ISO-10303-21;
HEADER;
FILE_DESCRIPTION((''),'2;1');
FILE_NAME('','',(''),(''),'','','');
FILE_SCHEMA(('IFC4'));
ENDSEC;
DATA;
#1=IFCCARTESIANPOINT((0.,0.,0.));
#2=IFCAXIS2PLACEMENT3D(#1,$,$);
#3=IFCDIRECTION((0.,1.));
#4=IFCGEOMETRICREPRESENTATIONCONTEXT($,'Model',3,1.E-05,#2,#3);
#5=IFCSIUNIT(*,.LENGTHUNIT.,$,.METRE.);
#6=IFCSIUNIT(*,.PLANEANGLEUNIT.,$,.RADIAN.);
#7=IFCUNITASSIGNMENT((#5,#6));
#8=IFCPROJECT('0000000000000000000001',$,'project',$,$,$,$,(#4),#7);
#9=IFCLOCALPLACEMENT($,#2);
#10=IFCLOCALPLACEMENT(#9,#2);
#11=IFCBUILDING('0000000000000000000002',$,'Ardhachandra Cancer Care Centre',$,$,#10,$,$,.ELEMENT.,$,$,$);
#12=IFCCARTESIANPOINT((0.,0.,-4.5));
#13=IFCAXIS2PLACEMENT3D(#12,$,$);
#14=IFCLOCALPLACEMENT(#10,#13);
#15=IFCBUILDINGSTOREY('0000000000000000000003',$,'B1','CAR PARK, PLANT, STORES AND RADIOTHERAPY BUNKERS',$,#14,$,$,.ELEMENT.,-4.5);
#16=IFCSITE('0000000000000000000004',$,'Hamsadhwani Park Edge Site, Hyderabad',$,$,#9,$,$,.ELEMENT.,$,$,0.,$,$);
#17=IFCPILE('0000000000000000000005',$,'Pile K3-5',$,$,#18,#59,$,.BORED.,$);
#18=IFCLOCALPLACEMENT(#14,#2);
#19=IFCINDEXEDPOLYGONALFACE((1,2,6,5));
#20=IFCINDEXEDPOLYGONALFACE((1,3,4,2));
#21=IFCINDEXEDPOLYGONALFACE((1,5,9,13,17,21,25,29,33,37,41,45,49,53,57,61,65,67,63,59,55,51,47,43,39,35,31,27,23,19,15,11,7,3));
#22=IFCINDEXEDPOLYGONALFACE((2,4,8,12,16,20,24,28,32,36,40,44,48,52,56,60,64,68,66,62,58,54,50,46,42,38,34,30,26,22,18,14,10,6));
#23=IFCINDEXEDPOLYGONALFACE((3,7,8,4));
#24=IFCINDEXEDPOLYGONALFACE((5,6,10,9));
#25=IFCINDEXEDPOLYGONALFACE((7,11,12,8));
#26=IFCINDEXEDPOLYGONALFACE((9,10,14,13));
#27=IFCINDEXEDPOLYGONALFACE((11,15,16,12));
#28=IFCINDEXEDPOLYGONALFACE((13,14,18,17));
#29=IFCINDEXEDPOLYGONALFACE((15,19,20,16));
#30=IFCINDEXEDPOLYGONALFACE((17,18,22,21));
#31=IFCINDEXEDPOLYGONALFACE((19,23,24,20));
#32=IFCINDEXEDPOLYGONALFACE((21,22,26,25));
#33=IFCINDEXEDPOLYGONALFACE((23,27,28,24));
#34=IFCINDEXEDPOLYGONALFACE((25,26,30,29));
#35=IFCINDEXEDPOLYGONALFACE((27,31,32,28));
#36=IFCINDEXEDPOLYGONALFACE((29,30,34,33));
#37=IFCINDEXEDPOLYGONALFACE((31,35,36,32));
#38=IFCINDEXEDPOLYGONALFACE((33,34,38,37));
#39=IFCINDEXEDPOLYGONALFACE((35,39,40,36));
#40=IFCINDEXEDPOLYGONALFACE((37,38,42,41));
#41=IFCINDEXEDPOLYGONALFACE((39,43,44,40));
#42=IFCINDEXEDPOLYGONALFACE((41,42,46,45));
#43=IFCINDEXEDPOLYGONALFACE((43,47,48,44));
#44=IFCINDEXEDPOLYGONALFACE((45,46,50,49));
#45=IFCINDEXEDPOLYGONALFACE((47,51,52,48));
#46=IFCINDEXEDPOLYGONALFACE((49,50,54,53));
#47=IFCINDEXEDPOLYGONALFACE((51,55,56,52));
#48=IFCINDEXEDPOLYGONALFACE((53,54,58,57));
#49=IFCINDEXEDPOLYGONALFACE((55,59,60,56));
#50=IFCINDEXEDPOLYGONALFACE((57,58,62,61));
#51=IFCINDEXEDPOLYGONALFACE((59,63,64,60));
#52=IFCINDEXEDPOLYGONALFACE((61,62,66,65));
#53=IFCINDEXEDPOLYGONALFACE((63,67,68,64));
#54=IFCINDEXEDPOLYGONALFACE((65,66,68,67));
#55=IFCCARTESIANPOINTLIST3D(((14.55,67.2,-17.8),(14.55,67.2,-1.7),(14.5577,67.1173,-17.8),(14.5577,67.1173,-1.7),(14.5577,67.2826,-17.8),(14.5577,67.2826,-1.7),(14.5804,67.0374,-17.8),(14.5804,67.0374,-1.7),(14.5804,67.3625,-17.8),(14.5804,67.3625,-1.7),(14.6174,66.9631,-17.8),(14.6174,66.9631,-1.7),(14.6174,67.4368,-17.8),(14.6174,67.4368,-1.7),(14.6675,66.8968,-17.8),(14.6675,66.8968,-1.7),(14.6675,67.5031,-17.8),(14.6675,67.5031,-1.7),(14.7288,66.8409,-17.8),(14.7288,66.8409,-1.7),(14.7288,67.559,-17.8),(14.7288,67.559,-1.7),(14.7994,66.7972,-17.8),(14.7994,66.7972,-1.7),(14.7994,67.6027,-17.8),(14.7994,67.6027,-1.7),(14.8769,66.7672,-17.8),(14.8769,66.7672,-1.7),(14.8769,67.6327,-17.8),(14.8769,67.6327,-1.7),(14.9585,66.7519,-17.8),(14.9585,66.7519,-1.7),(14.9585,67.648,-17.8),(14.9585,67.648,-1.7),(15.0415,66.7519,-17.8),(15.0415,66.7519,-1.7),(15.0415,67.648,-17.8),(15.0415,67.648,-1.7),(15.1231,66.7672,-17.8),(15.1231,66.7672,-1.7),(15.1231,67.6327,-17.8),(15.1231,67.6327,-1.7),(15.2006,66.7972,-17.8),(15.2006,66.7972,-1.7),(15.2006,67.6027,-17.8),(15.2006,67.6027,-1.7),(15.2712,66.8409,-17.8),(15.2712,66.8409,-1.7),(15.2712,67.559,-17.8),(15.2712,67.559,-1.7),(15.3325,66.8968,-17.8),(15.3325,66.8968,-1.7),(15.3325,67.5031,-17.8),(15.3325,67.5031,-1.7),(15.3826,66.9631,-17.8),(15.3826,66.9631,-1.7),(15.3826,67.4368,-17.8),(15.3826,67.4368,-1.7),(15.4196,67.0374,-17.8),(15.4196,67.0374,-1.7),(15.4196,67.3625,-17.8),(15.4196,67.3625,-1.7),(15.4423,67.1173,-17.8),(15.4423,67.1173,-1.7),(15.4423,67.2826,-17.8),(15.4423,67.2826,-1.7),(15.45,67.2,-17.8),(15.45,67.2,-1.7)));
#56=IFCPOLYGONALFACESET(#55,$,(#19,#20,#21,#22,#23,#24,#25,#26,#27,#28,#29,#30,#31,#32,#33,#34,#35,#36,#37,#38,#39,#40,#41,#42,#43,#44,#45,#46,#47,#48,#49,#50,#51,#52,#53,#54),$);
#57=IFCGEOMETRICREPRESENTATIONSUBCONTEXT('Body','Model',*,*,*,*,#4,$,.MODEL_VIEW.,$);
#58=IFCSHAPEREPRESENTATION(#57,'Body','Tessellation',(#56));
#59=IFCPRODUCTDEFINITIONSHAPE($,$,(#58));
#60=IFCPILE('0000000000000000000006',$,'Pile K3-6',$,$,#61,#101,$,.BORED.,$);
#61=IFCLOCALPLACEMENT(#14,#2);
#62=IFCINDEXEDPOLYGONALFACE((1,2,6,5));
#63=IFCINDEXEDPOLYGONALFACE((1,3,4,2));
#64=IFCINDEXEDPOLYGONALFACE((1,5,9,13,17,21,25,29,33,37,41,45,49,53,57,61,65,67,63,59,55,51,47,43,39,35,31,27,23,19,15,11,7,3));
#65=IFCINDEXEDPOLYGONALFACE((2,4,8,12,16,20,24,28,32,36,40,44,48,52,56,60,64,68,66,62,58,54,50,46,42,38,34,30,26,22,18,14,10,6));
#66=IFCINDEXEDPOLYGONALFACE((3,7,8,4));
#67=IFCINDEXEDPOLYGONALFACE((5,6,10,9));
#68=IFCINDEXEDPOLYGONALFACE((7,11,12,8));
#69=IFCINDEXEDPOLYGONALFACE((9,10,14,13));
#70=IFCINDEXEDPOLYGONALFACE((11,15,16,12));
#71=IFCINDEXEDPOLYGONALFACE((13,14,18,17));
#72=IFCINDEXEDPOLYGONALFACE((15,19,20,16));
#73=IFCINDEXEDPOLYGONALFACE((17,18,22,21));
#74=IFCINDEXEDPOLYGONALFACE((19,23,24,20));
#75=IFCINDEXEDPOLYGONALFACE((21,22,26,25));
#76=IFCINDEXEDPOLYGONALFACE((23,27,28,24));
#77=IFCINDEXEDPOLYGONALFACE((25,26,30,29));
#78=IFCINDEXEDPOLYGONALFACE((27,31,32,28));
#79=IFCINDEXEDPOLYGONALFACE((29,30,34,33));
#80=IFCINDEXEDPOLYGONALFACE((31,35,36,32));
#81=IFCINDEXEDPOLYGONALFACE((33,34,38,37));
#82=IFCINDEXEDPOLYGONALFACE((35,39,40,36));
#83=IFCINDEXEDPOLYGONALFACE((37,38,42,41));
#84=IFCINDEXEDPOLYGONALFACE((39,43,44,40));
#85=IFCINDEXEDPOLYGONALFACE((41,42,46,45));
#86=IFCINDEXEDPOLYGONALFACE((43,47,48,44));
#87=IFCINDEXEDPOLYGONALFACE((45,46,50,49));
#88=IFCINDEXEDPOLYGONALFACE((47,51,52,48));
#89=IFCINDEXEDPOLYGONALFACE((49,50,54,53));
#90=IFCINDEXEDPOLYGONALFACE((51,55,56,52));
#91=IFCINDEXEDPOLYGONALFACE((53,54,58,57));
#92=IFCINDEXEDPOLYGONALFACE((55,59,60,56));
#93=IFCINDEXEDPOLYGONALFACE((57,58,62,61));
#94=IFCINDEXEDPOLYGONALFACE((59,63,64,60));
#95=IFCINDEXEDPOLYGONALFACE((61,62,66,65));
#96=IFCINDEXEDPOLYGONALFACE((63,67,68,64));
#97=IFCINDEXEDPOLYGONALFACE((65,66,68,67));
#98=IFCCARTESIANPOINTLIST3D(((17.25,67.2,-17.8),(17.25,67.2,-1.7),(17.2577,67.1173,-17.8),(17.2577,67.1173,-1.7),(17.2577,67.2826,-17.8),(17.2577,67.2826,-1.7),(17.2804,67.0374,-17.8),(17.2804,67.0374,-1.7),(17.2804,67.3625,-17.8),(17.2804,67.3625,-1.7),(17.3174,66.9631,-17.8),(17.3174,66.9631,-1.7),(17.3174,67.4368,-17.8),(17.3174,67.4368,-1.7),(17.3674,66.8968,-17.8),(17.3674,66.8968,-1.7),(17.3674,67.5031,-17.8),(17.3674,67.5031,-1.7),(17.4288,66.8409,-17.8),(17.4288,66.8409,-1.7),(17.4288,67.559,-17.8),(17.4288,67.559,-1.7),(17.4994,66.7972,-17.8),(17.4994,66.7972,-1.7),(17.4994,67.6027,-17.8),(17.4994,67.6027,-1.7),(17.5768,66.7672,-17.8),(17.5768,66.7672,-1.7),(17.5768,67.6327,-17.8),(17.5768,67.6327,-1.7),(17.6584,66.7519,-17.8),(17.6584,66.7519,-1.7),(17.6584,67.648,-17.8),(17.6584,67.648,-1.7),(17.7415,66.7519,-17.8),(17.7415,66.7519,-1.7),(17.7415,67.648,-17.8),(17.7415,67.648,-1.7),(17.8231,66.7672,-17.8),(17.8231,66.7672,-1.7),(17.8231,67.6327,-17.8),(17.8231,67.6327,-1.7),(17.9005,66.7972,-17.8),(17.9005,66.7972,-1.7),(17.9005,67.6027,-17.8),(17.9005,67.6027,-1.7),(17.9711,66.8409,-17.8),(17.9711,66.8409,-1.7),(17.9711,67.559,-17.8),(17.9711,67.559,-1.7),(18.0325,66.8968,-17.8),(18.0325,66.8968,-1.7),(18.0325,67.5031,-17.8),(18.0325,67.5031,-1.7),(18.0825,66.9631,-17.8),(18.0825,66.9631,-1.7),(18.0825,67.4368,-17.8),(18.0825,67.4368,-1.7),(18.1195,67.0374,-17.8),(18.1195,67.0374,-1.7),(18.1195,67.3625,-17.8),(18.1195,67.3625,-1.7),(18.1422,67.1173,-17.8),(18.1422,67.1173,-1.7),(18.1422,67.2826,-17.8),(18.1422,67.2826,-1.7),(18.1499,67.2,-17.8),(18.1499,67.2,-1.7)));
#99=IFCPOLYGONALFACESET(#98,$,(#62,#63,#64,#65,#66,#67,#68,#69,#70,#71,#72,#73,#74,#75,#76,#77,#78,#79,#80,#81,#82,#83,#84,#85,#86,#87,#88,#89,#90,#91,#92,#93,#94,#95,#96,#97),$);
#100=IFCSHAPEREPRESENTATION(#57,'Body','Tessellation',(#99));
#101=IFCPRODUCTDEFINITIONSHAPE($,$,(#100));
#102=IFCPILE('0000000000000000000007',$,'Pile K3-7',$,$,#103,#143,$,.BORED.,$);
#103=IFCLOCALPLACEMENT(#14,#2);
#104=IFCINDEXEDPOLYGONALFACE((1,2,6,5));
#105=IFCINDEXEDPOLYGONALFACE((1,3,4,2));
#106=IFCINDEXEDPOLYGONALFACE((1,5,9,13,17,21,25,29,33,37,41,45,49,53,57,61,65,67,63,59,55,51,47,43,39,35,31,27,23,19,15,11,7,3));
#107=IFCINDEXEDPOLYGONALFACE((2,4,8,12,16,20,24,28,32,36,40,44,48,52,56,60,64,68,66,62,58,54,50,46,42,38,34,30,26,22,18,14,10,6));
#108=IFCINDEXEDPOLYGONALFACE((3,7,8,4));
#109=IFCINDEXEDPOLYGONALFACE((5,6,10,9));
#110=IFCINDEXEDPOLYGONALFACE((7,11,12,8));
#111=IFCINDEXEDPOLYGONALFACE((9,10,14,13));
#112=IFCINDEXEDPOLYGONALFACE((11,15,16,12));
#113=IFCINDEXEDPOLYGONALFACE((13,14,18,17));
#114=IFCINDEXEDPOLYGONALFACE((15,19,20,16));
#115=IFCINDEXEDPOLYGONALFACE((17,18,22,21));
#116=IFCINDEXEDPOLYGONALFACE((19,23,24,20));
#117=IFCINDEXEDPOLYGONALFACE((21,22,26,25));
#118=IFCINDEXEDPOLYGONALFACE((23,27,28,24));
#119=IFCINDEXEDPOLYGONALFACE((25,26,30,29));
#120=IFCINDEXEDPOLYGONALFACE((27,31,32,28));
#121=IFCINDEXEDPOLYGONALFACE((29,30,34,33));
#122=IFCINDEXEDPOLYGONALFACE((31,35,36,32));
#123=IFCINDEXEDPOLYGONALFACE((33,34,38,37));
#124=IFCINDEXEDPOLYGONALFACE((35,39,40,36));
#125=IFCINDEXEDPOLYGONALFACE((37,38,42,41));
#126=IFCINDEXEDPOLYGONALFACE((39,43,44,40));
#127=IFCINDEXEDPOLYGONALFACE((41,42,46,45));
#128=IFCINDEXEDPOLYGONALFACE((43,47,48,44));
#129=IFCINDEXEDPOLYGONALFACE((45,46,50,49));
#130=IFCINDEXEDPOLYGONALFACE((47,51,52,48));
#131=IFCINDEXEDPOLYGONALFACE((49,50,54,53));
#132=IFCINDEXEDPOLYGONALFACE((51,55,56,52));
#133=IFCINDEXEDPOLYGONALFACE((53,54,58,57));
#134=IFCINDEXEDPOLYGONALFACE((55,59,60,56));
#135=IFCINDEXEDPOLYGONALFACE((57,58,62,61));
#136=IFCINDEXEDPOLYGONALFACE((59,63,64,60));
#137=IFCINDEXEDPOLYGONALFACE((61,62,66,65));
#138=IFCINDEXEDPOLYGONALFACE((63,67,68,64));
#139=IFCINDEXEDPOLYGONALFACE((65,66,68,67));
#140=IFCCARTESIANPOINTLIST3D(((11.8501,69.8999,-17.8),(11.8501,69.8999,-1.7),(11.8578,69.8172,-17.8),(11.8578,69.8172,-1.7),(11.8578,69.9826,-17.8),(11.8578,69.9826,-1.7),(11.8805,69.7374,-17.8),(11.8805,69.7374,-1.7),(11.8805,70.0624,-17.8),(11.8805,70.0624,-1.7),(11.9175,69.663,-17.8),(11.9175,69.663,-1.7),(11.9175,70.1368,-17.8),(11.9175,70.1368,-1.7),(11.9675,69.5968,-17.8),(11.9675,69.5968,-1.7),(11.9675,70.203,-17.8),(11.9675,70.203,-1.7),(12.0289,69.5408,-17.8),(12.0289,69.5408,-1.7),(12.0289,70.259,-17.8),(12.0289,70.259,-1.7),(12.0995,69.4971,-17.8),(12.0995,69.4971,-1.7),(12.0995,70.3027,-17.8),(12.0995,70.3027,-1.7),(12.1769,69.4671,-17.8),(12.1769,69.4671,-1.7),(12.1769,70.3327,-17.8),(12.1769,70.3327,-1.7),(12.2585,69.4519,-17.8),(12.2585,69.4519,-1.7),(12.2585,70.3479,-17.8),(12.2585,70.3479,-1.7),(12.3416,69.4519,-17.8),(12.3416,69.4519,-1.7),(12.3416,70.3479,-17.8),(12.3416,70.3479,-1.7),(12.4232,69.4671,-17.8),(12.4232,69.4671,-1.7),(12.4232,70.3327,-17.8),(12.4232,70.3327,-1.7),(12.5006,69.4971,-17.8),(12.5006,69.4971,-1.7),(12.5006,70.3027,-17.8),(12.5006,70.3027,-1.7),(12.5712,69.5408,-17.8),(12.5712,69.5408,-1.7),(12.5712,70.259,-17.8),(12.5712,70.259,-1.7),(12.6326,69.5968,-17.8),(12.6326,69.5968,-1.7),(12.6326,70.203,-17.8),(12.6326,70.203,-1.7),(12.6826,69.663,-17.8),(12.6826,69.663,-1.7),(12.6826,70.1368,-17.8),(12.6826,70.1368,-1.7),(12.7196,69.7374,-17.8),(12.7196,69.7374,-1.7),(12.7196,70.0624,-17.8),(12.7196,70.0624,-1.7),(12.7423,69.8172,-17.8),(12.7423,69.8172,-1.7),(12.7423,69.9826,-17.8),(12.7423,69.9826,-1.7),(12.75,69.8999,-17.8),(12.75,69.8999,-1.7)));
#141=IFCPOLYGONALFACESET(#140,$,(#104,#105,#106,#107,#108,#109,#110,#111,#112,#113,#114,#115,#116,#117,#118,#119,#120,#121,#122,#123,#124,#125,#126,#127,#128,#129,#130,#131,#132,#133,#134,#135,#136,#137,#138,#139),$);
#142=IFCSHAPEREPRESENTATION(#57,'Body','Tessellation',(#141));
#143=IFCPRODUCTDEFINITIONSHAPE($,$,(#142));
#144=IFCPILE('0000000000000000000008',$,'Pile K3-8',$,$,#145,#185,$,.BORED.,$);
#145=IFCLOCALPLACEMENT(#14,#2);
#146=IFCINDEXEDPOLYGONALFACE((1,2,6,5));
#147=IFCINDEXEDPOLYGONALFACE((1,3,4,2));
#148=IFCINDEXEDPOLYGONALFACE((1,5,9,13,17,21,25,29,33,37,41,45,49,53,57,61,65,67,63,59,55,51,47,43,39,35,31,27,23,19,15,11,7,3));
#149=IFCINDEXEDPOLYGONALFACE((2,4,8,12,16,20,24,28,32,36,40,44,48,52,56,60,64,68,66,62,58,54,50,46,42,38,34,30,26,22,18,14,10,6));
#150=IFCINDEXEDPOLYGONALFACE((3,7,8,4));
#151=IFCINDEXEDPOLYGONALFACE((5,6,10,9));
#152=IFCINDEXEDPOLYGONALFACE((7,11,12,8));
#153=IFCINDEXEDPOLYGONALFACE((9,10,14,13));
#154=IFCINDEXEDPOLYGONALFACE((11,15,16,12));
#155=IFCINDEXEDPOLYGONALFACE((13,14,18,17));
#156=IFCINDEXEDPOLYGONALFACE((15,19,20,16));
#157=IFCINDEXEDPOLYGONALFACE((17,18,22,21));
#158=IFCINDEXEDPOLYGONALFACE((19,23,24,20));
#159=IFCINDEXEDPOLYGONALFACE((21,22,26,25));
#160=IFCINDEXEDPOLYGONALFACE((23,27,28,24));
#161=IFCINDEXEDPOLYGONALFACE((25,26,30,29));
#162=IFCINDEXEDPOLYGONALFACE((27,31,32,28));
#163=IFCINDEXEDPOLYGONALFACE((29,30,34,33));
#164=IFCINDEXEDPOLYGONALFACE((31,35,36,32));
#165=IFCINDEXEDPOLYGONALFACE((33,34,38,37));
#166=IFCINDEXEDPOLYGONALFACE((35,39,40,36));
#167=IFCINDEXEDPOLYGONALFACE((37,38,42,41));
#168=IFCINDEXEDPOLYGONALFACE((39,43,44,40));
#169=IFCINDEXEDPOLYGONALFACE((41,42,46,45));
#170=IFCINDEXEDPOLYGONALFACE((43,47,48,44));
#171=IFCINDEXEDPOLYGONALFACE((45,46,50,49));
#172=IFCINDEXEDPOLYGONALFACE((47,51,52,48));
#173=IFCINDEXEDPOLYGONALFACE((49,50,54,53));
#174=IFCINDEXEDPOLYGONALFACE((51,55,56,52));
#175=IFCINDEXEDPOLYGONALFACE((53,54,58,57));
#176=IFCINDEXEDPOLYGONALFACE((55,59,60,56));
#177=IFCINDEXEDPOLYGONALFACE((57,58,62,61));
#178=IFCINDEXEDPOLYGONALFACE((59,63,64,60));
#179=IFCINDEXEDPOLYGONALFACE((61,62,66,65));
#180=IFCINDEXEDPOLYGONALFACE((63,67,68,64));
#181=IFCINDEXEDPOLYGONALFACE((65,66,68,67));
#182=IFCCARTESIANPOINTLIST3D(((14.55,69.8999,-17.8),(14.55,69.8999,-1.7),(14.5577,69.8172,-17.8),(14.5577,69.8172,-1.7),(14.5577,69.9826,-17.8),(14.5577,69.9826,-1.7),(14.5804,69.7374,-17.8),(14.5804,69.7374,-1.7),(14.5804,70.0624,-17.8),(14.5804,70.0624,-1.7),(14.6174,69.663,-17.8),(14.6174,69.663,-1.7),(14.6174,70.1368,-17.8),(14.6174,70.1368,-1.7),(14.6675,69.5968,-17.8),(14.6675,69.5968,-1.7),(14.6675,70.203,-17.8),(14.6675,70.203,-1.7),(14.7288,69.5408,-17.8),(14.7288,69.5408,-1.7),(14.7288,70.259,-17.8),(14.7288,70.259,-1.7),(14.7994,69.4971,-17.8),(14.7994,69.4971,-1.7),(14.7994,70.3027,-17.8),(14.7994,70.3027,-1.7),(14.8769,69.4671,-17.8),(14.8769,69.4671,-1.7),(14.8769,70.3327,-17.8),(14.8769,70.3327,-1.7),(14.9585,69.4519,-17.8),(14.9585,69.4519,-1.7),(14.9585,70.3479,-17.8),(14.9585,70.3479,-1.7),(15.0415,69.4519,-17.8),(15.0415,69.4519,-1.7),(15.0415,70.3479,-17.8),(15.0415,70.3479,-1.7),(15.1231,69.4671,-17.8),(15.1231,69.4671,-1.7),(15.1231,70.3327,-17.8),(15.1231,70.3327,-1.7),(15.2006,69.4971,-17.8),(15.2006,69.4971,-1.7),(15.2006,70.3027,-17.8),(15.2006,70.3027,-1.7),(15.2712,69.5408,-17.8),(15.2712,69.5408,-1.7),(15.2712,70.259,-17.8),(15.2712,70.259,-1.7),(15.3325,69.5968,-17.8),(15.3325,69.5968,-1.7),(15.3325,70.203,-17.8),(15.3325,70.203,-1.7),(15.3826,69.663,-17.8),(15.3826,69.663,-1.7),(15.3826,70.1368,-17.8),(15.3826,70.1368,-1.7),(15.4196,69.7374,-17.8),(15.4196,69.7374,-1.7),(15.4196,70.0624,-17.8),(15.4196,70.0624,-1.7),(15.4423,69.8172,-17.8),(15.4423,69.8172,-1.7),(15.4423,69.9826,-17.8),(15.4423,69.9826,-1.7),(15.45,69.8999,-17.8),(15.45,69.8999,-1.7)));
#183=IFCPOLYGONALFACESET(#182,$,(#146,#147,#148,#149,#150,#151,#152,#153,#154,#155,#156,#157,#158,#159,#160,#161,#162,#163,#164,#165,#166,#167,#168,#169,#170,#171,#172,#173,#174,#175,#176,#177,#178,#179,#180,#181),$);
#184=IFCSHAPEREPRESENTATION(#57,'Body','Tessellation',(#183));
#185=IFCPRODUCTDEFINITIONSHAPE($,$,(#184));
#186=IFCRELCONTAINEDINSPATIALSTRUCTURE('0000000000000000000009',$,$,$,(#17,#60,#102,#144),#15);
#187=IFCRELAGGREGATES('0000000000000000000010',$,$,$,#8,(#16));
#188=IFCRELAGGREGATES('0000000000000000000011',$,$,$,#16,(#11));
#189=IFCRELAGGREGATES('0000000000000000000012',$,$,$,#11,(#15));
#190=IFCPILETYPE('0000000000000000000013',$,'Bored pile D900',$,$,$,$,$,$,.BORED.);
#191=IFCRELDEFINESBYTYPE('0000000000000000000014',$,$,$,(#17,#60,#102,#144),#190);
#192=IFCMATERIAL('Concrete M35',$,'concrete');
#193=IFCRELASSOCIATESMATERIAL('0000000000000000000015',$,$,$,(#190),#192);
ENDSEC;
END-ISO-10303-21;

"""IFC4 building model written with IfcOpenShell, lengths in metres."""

from ifc_helpers import new_model, si_unit, direction, frame, origin, origin_2d, place, context, subcontext, project, spatial, circle, extrude, material, material_profile, profile_set, type_object, element, save


model = new_model("IFC4")

# Units and contexts
model_context = context("Model", 3, precision=1e-05, world=origin(), true_north=direction((0.0, 1.0)))
body_context = subcontext(model_context, "Body", "Model", "MODEL_VIEW")
ifc_project = project(units=[si_unit("LENGTHUNIT", "METRE"), si_unit("PLANEANGLEUNIT", "RADIAN")], contexts=[model_context])

# Site, building, storey
site_placement = place(None, origin())
site = spatial("IfcSite", under=ifc_project, at=site_placement, Name="Hamsadhwani Park Edge Site, Hyderabad", CompositionType="ELEMENT", RefElevation=0.0)
building_placement = place(site_placement, origin())
building = spatial("IfcBuilding", under=site, at=building_placement, Name="Ardhachandra Cancer Care Centre", CompositionType="ELEMENT")
storey_placement = place(building_placement, frame((0.0, 0.0, -4.5)))
storey = spatial("IfcBuildingStorey", under=building, at=storey_placement, Name="B1", Description="CAR PARK, PLANT, STORES AND RADIOTHERAPY BUNKERS", CompositionType="ELEMENT", Elevation=-4.5)

# Piles
ifc_material_1 = material(Name="Concrete M35", Category="concrete")
ifc_material_profile = material_profile(ifc_material_1, circle(Radius=0.45, at=origin_2d()), Name="D900")
ifc_profile_set = profile_set([ifc_material_profile], Name="Concrete M35")
pile_type = type_object("IfcPileType", Name="Bored pile D900", PredefinedType="BORED", material=ifc_profile_set)
for number, where, z_axis, x_axis, name in (
    (1, (15.0, 67.2, -1.7), (0.0, 0.0, -1.0), (1.0, 0.0, 0.0), "Pile K3-5"),
    (2, (17.7, 67.2, -1.7), (0.0, 0.0, -1.0), (1.0, 0.0, 0.0), "Pile K3-6"),
    (3, (12.3, 69.8999, -1.7), (0.0, 0.0, -1.0), (1.0, 0.0, 0.0), "Pile K3-7"),
    (4, (15.0, 69.8999, -1.7), (0.0, 0.0, -1.0), (1.0, 0.0, 0.0), "Pile K3-8"),
):
    element("IfcPile", number, at=place(storey_placement, frame(where, z_axis=z_axis, x_axis=x_axis)), inside=storey, type_object=pile_type, Name=name, PredefinedType="BORED", context=body_context, shape_type="SweptSolid", body=[
        extrude(circle(Radius=0.45, at=origin_2d()), origin(), (0.0, 0.0, 1.0), 16.1001),
    ])

save(model, "model.ifc")
